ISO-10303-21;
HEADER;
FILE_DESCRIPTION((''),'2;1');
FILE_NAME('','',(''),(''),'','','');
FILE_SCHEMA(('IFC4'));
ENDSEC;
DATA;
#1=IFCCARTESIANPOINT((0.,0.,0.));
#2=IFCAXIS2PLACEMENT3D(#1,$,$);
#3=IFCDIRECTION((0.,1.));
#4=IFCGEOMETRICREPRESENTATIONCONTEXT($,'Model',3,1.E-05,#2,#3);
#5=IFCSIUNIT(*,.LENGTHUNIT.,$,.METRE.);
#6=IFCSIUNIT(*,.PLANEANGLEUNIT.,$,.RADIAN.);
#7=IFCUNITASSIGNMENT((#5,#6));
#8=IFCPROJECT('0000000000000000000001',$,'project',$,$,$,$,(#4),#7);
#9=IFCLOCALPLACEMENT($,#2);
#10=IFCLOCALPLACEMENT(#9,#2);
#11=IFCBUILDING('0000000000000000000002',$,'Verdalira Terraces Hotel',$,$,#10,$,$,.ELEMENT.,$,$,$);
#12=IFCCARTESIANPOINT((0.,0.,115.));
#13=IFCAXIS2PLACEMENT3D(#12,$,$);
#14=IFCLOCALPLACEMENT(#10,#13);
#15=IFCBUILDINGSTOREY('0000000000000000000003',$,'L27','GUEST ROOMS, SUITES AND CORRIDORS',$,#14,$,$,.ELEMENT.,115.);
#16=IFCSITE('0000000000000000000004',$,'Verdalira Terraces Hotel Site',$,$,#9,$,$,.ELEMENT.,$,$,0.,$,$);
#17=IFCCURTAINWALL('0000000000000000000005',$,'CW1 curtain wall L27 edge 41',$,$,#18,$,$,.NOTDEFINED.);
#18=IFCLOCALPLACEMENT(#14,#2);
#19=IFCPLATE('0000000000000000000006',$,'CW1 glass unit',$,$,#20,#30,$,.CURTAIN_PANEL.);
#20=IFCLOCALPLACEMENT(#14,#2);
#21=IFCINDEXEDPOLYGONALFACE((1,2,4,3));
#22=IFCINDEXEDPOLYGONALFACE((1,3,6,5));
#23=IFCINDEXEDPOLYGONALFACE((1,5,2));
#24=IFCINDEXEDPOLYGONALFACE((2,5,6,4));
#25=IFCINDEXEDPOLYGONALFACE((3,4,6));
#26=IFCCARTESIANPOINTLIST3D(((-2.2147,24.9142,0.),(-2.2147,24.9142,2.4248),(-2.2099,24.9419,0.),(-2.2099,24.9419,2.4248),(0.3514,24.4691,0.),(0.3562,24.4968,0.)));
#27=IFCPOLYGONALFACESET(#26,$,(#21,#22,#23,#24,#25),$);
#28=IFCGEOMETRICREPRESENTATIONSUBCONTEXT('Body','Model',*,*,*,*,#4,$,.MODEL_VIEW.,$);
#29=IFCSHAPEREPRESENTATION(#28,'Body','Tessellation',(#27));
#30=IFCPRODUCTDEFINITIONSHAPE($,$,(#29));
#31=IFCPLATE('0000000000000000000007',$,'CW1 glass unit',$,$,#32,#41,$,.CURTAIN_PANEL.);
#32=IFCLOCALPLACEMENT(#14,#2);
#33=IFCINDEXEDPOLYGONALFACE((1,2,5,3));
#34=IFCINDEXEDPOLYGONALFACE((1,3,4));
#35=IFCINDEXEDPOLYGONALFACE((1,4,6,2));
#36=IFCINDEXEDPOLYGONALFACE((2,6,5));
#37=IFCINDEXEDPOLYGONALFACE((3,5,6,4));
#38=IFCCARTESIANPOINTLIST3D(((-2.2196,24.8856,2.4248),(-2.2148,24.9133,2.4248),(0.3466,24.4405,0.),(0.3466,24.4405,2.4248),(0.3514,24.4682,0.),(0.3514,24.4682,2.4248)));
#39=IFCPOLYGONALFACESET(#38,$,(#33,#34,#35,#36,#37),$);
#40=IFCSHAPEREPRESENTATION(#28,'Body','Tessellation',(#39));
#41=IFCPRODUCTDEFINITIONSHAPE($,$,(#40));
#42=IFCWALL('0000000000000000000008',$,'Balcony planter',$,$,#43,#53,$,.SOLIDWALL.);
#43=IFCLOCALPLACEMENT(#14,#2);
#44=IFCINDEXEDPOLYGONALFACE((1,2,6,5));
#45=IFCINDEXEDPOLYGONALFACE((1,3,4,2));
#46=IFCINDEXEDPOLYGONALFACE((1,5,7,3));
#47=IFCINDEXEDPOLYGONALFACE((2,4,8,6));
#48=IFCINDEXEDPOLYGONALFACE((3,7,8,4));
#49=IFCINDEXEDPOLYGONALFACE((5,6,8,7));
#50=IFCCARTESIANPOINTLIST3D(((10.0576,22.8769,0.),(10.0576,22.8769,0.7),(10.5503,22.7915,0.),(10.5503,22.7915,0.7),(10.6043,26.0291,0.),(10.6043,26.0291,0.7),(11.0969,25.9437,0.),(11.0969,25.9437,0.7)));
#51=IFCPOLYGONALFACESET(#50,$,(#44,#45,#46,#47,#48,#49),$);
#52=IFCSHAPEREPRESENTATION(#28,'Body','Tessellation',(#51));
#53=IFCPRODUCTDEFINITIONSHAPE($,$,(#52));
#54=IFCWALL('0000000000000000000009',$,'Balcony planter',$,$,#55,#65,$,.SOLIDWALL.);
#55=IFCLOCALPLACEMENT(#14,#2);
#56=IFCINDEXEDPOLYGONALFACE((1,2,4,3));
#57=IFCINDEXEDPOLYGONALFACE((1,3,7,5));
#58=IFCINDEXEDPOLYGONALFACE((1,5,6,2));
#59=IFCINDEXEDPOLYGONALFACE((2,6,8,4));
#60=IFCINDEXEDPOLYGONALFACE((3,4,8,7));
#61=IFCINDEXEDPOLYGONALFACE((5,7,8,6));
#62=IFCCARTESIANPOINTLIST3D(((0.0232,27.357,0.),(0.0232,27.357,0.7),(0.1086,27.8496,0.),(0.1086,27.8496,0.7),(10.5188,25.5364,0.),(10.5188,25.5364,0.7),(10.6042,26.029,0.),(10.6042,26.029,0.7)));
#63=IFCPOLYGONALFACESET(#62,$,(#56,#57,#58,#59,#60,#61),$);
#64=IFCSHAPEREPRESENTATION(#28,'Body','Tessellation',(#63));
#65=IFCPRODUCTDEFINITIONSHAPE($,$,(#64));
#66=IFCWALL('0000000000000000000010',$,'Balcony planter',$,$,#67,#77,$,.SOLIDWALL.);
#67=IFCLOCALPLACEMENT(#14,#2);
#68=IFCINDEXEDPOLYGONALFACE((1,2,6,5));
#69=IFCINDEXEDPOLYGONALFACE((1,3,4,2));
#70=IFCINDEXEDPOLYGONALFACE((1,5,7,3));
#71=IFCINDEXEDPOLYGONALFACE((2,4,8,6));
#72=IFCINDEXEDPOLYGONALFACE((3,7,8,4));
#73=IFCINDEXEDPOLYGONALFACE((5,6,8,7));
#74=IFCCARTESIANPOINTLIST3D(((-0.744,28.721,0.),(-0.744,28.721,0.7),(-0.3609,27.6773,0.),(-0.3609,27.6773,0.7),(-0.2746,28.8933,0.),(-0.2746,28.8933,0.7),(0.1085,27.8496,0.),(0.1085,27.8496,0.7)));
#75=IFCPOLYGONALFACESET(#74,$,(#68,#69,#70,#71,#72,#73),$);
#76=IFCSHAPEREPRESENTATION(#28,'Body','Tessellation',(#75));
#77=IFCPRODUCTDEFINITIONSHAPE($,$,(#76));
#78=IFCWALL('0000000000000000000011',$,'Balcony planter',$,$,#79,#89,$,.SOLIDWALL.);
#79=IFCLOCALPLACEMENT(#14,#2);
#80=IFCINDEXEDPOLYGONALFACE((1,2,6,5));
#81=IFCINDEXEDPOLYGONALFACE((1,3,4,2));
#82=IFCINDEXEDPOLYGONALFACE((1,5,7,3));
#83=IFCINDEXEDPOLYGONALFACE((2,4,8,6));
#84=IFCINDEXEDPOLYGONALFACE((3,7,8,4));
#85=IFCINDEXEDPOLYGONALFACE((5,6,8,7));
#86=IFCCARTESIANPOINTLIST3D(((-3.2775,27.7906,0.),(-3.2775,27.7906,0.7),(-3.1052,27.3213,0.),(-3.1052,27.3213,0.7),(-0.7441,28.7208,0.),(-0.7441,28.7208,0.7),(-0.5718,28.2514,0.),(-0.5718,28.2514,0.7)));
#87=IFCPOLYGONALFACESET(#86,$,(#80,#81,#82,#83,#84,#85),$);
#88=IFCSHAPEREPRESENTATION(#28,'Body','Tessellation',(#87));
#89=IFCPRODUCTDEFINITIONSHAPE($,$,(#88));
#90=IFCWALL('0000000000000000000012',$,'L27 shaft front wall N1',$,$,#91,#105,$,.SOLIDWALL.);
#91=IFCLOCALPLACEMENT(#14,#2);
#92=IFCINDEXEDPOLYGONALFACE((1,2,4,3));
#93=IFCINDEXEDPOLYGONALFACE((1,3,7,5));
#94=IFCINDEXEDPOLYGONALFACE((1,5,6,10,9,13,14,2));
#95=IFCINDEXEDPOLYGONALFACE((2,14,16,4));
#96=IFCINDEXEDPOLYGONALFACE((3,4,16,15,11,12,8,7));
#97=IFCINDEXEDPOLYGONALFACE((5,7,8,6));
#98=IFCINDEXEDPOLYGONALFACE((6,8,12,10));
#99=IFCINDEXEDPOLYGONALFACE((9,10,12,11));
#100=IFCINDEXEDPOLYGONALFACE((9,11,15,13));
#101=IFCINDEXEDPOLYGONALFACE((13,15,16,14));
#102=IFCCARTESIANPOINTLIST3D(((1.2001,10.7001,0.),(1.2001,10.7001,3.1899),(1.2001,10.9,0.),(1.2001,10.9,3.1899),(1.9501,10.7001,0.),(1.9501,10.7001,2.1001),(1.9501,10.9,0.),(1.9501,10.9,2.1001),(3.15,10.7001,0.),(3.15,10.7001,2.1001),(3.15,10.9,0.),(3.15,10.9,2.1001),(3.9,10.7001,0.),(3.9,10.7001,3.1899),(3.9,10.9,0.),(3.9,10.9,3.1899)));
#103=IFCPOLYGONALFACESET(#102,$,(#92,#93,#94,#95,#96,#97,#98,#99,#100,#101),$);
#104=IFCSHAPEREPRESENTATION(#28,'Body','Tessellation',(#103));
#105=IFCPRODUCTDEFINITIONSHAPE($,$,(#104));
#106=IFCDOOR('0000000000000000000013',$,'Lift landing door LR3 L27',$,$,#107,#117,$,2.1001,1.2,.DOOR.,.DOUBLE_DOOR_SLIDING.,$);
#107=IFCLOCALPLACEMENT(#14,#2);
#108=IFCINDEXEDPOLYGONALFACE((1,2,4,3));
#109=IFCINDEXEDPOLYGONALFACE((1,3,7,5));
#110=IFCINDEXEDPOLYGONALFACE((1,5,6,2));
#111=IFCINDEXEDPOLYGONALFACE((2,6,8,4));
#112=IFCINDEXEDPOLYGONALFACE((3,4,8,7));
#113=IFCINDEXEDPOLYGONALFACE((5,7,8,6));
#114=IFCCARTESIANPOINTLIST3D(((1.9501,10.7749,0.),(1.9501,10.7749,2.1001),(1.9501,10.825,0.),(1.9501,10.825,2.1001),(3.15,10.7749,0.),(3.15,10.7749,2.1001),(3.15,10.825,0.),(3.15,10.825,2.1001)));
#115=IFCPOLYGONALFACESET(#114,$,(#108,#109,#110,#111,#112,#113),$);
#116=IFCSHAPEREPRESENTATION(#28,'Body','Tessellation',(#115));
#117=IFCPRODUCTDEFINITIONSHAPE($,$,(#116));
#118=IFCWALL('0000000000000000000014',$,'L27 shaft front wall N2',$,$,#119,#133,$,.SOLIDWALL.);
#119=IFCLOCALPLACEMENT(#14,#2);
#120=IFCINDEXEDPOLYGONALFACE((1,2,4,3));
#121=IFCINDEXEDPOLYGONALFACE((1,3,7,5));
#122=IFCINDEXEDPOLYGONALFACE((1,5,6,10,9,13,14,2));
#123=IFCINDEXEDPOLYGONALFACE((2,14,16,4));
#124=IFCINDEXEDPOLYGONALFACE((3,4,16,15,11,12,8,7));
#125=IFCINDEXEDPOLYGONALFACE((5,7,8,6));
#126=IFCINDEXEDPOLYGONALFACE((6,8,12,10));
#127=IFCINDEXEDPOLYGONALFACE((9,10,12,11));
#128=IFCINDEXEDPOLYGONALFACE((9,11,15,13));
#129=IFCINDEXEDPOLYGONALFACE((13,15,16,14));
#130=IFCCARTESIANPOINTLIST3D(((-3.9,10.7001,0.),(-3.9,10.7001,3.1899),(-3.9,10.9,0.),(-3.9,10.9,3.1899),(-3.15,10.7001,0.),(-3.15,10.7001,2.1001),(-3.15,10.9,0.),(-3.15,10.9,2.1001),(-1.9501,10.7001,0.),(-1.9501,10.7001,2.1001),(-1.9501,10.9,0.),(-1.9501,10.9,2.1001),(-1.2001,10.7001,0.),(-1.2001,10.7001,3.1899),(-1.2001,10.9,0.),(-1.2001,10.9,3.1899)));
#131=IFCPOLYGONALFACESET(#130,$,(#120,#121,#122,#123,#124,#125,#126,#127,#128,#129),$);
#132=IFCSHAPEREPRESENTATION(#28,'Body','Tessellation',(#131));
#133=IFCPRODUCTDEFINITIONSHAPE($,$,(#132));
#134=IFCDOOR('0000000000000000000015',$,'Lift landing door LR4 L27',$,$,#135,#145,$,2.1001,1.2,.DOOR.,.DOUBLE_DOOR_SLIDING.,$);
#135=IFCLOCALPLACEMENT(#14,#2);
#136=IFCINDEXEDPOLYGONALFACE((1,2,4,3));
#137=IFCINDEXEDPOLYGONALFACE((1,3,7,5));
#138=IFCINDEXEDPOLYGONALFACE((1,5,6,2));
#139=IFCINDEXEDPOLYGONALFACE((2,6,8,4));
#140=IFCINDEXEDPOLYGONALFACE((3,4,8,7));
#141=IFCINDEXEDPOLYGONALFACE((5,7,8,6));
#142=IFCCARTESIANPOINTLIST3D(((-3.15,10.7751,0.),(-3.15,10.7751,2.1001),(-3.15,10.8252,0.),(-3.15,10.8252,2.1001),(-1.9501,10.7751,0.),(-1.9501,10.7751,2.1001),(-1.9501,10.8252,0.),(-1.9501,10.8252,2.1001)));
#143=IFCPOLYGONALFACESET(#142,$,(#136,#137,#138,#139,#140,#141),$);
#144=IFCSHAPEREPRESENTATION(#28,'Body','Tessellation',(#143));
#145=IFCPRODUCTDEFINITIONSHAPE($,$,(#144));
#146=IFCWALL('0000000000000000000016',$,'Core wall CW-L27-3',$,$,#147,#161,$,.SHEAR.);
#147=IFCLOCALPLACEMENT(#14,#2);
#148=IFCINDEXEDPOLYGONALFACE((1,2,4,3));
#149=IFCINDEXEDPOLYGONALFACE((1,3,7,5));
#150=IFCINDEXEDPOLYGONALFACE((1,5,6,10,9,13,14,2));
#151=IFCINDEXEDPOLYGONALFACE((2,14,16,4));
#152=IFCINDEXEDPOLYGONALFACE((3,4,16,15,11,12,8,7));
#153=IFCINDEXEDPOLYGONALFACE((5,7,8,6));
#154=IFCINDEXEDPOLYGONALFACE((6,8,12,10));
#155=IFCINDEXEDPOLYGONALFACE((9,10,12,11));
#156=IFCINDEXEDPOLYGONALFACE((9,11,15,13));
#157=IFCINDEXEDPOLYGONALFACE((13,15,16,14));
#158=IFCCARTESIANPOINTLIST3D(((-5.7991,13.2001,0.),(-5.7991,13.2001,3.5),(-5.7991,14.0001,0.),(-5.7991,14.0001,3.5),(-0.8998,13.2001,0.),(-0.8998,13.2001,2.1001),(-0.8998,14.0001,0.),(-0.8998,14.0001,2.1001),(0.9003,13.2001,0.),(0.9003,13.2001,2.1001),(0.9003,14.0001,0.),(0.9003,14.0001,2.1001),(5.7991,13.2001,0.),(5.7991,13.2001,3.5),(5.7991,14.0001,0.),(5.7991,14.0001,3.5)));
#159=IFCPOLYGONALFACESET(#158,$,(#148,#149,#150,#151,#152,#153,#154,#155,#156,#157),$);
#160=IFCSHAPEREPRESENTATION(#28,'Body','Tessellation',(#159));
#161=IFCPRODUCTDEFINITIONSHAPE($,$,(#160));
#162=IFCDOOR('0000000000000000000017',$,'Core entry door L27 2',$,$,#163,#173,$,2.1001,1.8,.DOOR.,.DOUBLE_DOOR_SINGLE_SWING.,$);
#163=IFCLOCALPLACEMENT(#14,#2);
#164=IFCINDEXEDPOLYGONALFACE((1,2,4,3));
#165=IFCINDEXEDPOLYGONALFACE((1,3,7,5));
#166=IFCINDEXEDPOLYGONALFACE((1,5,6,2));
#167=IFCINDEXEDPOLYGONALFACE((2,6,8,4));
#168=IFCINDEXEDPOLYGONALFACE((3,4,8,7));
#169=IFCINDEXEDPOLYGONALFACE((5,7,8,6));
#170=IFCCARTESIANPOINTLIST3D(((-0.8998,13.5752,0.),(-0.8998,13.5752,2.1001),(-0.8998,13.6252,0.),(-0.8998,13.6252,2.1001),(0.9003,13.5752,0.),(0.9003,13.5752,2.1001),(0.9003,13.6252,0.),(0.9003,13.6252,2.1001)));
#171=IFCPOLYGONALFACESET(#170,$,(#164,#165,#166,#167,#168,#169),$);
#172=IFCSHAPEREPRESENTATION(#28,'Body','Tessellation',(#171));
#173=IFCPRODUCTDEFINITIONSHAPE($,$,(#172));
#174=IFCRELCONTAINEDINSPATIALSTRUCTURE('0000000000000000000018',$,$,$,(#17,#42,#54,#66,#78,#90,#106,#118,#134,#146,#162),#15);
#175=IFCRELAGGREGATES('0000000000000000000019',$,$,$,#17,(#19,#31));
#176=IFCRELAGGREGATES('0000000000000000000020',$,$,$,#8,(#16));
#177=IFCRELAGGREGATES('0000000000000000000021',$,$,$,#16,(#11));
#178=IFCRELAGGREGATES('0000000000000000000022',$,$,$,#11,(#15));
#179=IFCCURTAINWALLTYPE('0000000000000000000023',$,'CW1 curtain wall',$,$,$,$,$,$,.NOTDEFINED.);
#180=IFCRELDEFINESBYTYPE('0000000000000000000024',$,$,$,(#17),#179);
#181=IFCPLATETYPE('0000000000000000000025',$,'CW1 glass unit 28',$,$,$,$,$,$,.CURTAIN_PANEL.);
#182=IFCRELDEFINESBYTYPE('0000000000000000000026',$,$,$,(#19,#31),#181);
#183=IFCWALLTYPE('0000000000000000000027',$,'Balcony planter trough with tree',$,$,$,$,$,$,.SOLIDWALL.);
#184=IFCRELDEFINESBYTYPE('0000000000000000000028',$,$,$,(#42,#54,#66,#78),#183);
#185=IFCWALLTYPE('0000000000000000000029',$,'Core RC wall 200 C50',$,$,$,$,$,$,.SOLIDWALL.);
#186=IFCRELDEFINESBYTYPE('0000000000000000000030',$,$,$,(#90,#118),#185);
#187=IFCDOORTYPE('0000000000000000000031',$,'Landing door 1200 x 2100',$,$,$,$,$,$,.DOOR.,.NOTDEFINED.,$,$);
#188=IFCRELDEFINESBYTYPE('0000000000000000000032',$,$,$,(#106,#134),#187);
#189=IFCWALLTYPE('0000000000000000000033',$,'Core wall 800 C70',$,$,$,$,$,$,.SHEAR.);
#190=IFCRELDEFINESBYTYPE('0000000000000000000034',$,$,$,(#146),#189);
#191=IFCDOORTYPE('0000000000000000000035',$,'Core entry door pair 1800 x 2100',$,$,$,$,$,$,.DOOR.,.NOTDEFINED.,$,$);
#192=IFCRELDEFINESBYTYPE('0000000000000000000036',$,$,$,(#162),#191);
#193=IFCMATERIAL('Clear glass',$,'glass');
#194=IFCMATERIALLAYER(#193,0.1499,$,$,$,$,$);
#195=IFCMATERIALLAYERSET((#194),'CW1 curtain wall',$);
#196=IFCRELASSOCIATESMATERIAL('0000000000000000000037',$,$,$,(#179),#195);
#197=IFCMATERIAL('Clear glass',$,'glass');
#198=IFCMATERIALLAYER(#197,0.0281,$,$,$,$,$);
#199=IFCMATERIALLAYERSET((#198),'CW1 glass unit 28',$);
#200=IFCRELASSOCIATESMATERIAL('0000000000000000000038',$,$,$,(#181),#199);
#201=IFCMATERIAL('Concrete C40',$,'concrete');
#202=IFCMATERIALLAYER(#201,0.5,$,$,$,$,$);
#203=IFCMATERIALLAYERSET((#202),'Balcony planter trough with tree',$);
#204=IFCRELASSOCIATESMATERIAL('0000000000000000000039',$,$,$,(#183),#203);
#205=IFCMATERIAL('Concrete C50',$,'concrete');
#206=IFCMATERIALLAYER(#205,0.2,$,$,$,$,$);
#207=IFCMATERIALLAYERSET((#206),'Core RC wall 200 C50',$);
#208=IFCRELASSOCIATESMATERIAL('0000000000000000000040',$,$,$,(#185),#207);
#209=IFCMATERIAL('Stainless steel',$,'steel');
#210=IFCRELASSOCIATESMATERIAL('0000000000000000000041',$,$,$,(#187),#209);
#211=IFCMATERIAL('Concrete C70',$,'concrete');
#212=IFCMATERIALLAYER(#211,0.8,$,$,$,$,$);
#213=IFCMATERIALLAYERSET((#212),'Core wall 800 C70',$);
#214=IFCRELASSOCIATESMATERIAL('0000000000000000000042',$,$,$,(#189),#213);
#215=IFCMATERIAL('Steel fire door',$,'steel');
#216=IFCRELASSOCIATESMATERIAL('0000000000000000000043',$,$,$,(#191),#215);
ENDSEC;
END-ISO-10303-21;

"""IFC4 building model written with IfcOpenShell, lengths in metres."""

from ifc_helpers import new_model, si_unit, direction, frame, frame_2d, origin, place, context, subcontext, project, spatial, polyline, rectangle, outline, extrude, material, layer, layer_set, type_object, element, fill, aggregate, save


model = new_model("IFC4")

# Units and contexts
model_context = context("Model", 3, precision=1e-05, world=origin(), true_north=direction((0.0, 1.0)))
body_context = subcontext(model_context, "Body", "Model", "MODEL_VIEW")
ifc_project = project(units=[si_unit("LENGTHUNIT", "METRE"), si_unit("PLANEANGLEUNIT", "RADIAN")], contexts=[model_context])

# Site, building, storey
site_placement = place(None, origin())
site = spatial("IfcSite", under=ifc_project, at=site_placement, Name="Verdalira Terraces Hotel Site", CompositionType="ELEMENT", RefElevation=0.0)
building_placement = place(site_placement, origin())
building = spatial("IfcBuilding", under=site, at=building_placement, Name="Verdalira Terraces Hotel", CompositionType="ELEMENT")
storey_placement = place(building_placement, frame((0.0, 0.0, 115.0)))
storey = spatial("IfcBuildingStorey", under=building, at=storey_placement, Name="L27", Description="GUEST ROOMS, SUITES AND CORRIDORS", CompositionType="ELEMENT", Elevation=115.0)

# Shared definitions
ifc_material_1 = material(Name="Clear glass", Category="glass")
ifc_layer_1 = layer(ifc_material_1, 0.1499)
ifc_layer_set_1 = layer_set([ifc_layer_1], Name="CW1 curtain wall")
curtain_wall_type = type_object("IfcCurtainWallType", Name="CW1 curtain wall", PredefinedType="NOTDEFINED", material=ifc_layer_set_1)

# Curtain wall
curtain_wall_1_placement = place(storey_placement, origin())
curtain_wall_1 = element("IfcCurtainWall", 1, at=curtain_wall_1_placement, inside=storey, type_object=curtain_wall_type, Name="CW1 curtain wall L27 edge 41", PredefinedType="NOTDEFINED")

# Plates
ifc_material_2 = material(Name="Clear glass", Category="glass")
ifc_layer_2 = layer(ifc_material_2, 0.0281)
ifc_layer_set_2 = layer_set([ifc_layer_2], Name="CW1 glass unit 28")
plate_type = type_object("IfcPlateType", Name="CW1 glass unit 28", PredefinedType="CURTAIN_PANEL", material=ifc_layer_set_2)
plate_1_placement = place(storey_placement, frame((-0.9316, 24.6916, 1.2124), z_axis=(0.170897, 0.985289, 0.0), x_axis=(-0.985289, 0.170897, 0.0)))
plate_1 = element("IfcPlate", 2, at=plate_1_placement, type_object=plate_type, Name="CW1 glass unit", PredefinedType="CURTAIN_PANEL", context=body_context, shape_type="SweptSolid", body=[
    extrude(outline(polyline([(-1.3022, -1.2124), (1.3022, -1.2124), (1.3022, 1.2124), (-1.3022, -1.2124)])), origin(), (0.0, 0.0, 1.0), 0.0281),
])
plate_2_placement = place(storey_placement, frame((-0.9365, 24.6631, 1.2124), z_axis=(0.170897, 0.985289, 0.0), x_axis=(-0.985289, 0.170897, 0.0)))
plate_2 = element("IfcPlate", 3, at=plate_2_placement, type_object=plate_type, Name="CW1 glass unit", PredefinedType="CURTAIN_PANEL", context=body_context, shape_type="SweptSolid", body=[
    extrude(outline(polyline([(-1.3022, -1.2124), (1.3022, 1.2124), (-1.3022, 1.2124), (-1.3022, -1.2124)])), origin(), (0.0, 0.0, 1.0), 0.0281),
])
aggregate(curtain_wall_1, [plate_1, plate_2])

# Walls
ifc_material_3 = material(Name="Concrete C40", Category="concrete")
ifc_layer_3 = layer(ifc_material_3, 0.5)
ifc_layer_set_3 = layer_set([ifc_layer_3], Name="Balcony planter trough with tree")
wall_type_1 = type_object("IfcWallType", Name="Balcony planter trough with tree", PredefinedType="SOLIDWALL", material=ifc_layer_set_3)
wall_1_placement = place(storey_placement, frame((10.304, 22.8342, 0.0), z_axis=(0.0, 0.0, 1.0), x_axis=(0.170868, 0.985294, 0.0)))
element("IfcWall", 4, at=wall_1_placement, inside=storey, type_object=wall_type_1, Name="Balcony planter", PredefinedType="SOLIDWALL", context=body_context, shape_type="SweptSolid", body=[
    extrude(rectangle(XDim=3.1992, YDim=0.5, at=frame_2d((1.5996, 0.0))), origin(), (0.0, 0.0, 1.0), 0.7),
])
wall_2_placement = place(storey_placement, frame((10.5615, 25.7827, 0.0), z_axis=(0.0, 0.0, 1.0), x_axis=(-0.985287, 0.170907, 0.0)))
element("IfcWall", 5, at=wall_2_placement, inside=storey, type_object=wall_type_1, Name="Balcony planter", PredefinedType="SOLIDWALL", context=body_context, shape_type="SweptSolid", body=[
    extrude(rectangle(XDim=10.6523, YDim=0.5, at=frame_2d((5.3262, 0.0))), origin(), (0.0, 0.0, 1.0), 0.7),
])
wall_3_placement = place(storey_placement, frame((-0.1262, 27.7634, 0.0), z_axis=(0.0, 0.0, 1.0), x_axis=(-0.344545, 0.93877, 0.0)))
element("IfcWall", 6, at=wall_3_placement, inside=storey, type_object=wall_type_1, Name="Balcony planter", PredefinedType="SOLIDWALL", context=body_context, shape_type="SweptSolid", body=[
    extrude(rectangle(XDim=1.1118, YDim=0.5, at=frame_2d((0.5559, 0.0))), origin(), (0.0, 0.0, 1.0), 0.7),
])
wall_4_placement = place(storey_placement, frame((-0.658, 28.4861, 0.0), z_axis=(0.0, 0.0, 1.0), x_axis=(-0.938727, -0.344661, 0.0)))
element("IfcWall", 7, at=wall_4_placement, inside=storey, type_object=wall_type_1, Name="Balcony planter", PredefinedType="SOLIDWALL", context=body_context, shape_type="SweptSolid", body=[
    extrude(rectangle(XDim=2.6987, YDim=0.5, at=frame_2d((1.3494, 0.0))), origin(), (0.0, 0.0, 1.0), 0.7),
])

# Walls, openings, doors
ifc_material_4 = material(Name="Concrete C50", Category="concrete")
ifc_layer_4 = layer(ifc_material_4, 0.2)
ifc_layer_set_4 = layer_set([ifc_layer_4], Name="Core RC wall 200 C50")
wall_type_2 = type_object("IfcWallType", Name="Core RC wall 200 C50", PredefinedType="SOLIDWALL", material=ifc_layer_set_4)
wall_5_placement = place(storey_placement, frame((1.2, 10.8, 0.0), z_axis=(0.0, 0.0, 1.0), x_axis=(1.0, 0.0, 0.0)))
wall_5 = element("IfcWall", 8, at=wall_5_placement, inside=storey, type_object=wall_type_2, Name="L27 shaft front wall N1", PredefinedType="SOLIDWALL", context=body_context, shape_type="SweptSolid", body=[
    extrude(rectangle(XDim=2.7, YDim=0.2, at=frame_2d((1.3501, 0.0))), origin(), (0.0, 0.0, 1.0), 3.1899),
])
opening_1_placement = place(wall_5_placement, frame((0.75, 0.0, 0.0)))
opening_1 = element("IfcOpeningElement", 9, at=opening_1_placement, cuts=wall_5, PredefinedType="OPENING", context=body_context, shape_type="SweptSolid", body=[
    extrude(rectangle(XDim=1.2, YDim=2.1001, at=frame_2d((0.6001, 1.05))), frame((0.0, 0.1099, 0.0), z_axis=(0.0, -1.0, 0.0), x_axis=(1.0, 0.0, 0.0)), (0.0, 0.0, 1.0), 0.22),
])
ifc_material_5 = material(Name="Stainless steel", Category="steel")
door_type_1 = type_object("IfcDoorType", Name="Landing door 1200 x 2100", OperationType="NOTDEFINED", PredefinedType="DOOR", material=ifc_material_5)
door_1_placement = place(opening_1_placement, origin())
door_1 = element("IfcDoor", 10, at=door_1_placement, inside=storey, type_object=door_type_1, Name="Lift landing door LR3 L27", OperationType="DOUBLE_DOOR_SLIDING", OverallHeight=2.1001, OverallWidth=1.2, PredefinedType="DOOR", context=body_context, shape_type="SweptSolid", body=[
    extrude(rectangle(XDim=1.2, YDim=2.1001, at=frame_2d((0.6001, 1.05))), frame((0.0, 0.0249, 0.0), z_axis=(0.0, -1.0, 0.0), x_axis=(1.0, 0.0, 0.0)), (0.0, 0.0, 1.0), 0.05),
])
fill(opening_1, door_1)
wall_6_placement = place(storey_placement, frame((-1.2, 10.8, 0.0), z_axis=(0.0, 0.0, 1.0), x_axis=(-1.0, 0.0, 0.0)))
wall_6 = element("IfcWall", 11, at=wall_6_placement, inside=storey, type_object=wall_type_2, Name="L27 shaft front wall N2", PredefinedType="SOLIDWALL", context=body_context, shape_type="SweptSolid", body=[
    extrude(rectangle(XDim=2.7, YDim=0.2, at=frame_2d((1.3501, 0.0))), origin(), (0.0, 0.0, 1.0), 3.1899),
])
opening_2_placement = place(wall_6_placement, frame((0.75, 0.0, 0.0)))
opening_2 = element("IfcOpeningElement", 12, at=opening_2_placement, cuts=wall_6, PredefinedType="OPENING", context=body_context, shape_type="SweptSolid", body=[
    extrude(rectangle(XDim=1.2, YDim=2.1001, at=frame_2d((0.6001, 1.05))), frame((0.0, 0.1099, 0.0), z_axis=(0.0, -1.0, 0.0), x_axis=(1.0, 0.0, 0.0)), (0.0, 0.0, 1.0), 0.22),
])
door_2_placement = place(opening_2_placement, origin())
door_2 = element("IfcDoor", 13, at=door_2_placement, inside=storey, type_object=door_type_1, Name="Lift landing door LR4 L27", OperationType="DOUBLE_DOOR_SLIDING", OverallHeight=2.1001, OverallWidth=1.2, PredefinedType="DOOR", context=body_context, shape_type="SweptSolid", body=[
    extrude(rectangle(XDim=1.2, YDim=2.1001, at=frame_2d((0.6001, 1.05))), frame((0.0, 0.0249, 0.0), z_axis=(0.0, -1.0, 0.0), x_axis=(1.0, 0.0, 0.0)), (0.0, 0.0, 1.0), 0.05),
])
fill(opening_2, door_2)
ifc_material_6 = material(Name="Concrete C70", Category="concrete")
ifc_layer_5 = layer(ifc_material_6, 0.8)
ifc_layer_set_5 = layer_set([ifc_layer_5], Name="Core wall 800 C70")
wall_type_3 = type_object("IfcWallType", Name="Core wall 800 C70", PredefinedType="SHEAR", material=ifc_layer_set_5)
wall_7_placement = place(storey_placement, frame((5.7991, 13.6001, 0.0), z_axis=(0.0, 0.0, 1.0), x_axis=(-1.0, 0.0, 0.0)))
wall_7 = element("IfcWall", 14, at=wall_7_placement, inside=storey, type_object=wall_type_3, Name="Core wall CW-L27-3", PredefinedType="SHEAR", context=body_context, shape_type="SweptSolid", body=[
    extrude(rectangle(XDim=11.5981, YDim=0.8, at=frame_2d((5.7991, 0.0))), origin(), (0.0, 0.0, 1.0), 3.5),
])
opening_3_placement = place(wall_7_placement, frame((4.8989, 0.0, 0.0)))
opening_3 = element("IfcOpeningElement", 15, at=opening_3_placement, cuts=wall_7, PredefinedType="OPENING", context=body_context, shape_type="SweptSolid", body=[
    extrude(rectangle(XDim=1.8, YDim=2.1001, at=frame_2d((0.8999, 1.05))), frame((0.0, 0.4099, 0.0), z_axis=(0.0, -1.0, 0.0), x_axis=(1.0, 0.0, 0.0)), (0.0, 0.0, 1.0), 0.8201),
])
ifc_material_7 = material(Name="Steel fire door", Category="steel")
door_type_2 = type_object("IfcDoorType", Name="Core entry door pair 1800 x 2100", OperationType="NOTDEFINED", PredefinedType="DOOR", material=ifc_material_7)
door_3_placement = place(opening_3_placement, origin())
door_3 = element("IfcDoor", 16, at=door_3_placement, inside=storey, type_object=door_type_2, Name="Core entry door L27 2", OperationType="DOUBLE_DOOR_SINGLE_SWING", OverallHeight=2.1001, OverallWidth=1.8, PredefinedType="DOOR", context=body_context, shape_type="SweptSolid", body=[
    extrude(rectangle(XDim=1.8, YDim=2.1001, at=frame_2d((0.8999, 1.05))), frame((0.0, 0.0249, 0.0), z_axis=(0.0, -1.0, 0.0), x_axis=(1.0, 0.0, 0.0)), (0.0, 0.0, 1.0), 0.05),
])
fill(opening_3, door_3)

save(model, "model.ifc")
